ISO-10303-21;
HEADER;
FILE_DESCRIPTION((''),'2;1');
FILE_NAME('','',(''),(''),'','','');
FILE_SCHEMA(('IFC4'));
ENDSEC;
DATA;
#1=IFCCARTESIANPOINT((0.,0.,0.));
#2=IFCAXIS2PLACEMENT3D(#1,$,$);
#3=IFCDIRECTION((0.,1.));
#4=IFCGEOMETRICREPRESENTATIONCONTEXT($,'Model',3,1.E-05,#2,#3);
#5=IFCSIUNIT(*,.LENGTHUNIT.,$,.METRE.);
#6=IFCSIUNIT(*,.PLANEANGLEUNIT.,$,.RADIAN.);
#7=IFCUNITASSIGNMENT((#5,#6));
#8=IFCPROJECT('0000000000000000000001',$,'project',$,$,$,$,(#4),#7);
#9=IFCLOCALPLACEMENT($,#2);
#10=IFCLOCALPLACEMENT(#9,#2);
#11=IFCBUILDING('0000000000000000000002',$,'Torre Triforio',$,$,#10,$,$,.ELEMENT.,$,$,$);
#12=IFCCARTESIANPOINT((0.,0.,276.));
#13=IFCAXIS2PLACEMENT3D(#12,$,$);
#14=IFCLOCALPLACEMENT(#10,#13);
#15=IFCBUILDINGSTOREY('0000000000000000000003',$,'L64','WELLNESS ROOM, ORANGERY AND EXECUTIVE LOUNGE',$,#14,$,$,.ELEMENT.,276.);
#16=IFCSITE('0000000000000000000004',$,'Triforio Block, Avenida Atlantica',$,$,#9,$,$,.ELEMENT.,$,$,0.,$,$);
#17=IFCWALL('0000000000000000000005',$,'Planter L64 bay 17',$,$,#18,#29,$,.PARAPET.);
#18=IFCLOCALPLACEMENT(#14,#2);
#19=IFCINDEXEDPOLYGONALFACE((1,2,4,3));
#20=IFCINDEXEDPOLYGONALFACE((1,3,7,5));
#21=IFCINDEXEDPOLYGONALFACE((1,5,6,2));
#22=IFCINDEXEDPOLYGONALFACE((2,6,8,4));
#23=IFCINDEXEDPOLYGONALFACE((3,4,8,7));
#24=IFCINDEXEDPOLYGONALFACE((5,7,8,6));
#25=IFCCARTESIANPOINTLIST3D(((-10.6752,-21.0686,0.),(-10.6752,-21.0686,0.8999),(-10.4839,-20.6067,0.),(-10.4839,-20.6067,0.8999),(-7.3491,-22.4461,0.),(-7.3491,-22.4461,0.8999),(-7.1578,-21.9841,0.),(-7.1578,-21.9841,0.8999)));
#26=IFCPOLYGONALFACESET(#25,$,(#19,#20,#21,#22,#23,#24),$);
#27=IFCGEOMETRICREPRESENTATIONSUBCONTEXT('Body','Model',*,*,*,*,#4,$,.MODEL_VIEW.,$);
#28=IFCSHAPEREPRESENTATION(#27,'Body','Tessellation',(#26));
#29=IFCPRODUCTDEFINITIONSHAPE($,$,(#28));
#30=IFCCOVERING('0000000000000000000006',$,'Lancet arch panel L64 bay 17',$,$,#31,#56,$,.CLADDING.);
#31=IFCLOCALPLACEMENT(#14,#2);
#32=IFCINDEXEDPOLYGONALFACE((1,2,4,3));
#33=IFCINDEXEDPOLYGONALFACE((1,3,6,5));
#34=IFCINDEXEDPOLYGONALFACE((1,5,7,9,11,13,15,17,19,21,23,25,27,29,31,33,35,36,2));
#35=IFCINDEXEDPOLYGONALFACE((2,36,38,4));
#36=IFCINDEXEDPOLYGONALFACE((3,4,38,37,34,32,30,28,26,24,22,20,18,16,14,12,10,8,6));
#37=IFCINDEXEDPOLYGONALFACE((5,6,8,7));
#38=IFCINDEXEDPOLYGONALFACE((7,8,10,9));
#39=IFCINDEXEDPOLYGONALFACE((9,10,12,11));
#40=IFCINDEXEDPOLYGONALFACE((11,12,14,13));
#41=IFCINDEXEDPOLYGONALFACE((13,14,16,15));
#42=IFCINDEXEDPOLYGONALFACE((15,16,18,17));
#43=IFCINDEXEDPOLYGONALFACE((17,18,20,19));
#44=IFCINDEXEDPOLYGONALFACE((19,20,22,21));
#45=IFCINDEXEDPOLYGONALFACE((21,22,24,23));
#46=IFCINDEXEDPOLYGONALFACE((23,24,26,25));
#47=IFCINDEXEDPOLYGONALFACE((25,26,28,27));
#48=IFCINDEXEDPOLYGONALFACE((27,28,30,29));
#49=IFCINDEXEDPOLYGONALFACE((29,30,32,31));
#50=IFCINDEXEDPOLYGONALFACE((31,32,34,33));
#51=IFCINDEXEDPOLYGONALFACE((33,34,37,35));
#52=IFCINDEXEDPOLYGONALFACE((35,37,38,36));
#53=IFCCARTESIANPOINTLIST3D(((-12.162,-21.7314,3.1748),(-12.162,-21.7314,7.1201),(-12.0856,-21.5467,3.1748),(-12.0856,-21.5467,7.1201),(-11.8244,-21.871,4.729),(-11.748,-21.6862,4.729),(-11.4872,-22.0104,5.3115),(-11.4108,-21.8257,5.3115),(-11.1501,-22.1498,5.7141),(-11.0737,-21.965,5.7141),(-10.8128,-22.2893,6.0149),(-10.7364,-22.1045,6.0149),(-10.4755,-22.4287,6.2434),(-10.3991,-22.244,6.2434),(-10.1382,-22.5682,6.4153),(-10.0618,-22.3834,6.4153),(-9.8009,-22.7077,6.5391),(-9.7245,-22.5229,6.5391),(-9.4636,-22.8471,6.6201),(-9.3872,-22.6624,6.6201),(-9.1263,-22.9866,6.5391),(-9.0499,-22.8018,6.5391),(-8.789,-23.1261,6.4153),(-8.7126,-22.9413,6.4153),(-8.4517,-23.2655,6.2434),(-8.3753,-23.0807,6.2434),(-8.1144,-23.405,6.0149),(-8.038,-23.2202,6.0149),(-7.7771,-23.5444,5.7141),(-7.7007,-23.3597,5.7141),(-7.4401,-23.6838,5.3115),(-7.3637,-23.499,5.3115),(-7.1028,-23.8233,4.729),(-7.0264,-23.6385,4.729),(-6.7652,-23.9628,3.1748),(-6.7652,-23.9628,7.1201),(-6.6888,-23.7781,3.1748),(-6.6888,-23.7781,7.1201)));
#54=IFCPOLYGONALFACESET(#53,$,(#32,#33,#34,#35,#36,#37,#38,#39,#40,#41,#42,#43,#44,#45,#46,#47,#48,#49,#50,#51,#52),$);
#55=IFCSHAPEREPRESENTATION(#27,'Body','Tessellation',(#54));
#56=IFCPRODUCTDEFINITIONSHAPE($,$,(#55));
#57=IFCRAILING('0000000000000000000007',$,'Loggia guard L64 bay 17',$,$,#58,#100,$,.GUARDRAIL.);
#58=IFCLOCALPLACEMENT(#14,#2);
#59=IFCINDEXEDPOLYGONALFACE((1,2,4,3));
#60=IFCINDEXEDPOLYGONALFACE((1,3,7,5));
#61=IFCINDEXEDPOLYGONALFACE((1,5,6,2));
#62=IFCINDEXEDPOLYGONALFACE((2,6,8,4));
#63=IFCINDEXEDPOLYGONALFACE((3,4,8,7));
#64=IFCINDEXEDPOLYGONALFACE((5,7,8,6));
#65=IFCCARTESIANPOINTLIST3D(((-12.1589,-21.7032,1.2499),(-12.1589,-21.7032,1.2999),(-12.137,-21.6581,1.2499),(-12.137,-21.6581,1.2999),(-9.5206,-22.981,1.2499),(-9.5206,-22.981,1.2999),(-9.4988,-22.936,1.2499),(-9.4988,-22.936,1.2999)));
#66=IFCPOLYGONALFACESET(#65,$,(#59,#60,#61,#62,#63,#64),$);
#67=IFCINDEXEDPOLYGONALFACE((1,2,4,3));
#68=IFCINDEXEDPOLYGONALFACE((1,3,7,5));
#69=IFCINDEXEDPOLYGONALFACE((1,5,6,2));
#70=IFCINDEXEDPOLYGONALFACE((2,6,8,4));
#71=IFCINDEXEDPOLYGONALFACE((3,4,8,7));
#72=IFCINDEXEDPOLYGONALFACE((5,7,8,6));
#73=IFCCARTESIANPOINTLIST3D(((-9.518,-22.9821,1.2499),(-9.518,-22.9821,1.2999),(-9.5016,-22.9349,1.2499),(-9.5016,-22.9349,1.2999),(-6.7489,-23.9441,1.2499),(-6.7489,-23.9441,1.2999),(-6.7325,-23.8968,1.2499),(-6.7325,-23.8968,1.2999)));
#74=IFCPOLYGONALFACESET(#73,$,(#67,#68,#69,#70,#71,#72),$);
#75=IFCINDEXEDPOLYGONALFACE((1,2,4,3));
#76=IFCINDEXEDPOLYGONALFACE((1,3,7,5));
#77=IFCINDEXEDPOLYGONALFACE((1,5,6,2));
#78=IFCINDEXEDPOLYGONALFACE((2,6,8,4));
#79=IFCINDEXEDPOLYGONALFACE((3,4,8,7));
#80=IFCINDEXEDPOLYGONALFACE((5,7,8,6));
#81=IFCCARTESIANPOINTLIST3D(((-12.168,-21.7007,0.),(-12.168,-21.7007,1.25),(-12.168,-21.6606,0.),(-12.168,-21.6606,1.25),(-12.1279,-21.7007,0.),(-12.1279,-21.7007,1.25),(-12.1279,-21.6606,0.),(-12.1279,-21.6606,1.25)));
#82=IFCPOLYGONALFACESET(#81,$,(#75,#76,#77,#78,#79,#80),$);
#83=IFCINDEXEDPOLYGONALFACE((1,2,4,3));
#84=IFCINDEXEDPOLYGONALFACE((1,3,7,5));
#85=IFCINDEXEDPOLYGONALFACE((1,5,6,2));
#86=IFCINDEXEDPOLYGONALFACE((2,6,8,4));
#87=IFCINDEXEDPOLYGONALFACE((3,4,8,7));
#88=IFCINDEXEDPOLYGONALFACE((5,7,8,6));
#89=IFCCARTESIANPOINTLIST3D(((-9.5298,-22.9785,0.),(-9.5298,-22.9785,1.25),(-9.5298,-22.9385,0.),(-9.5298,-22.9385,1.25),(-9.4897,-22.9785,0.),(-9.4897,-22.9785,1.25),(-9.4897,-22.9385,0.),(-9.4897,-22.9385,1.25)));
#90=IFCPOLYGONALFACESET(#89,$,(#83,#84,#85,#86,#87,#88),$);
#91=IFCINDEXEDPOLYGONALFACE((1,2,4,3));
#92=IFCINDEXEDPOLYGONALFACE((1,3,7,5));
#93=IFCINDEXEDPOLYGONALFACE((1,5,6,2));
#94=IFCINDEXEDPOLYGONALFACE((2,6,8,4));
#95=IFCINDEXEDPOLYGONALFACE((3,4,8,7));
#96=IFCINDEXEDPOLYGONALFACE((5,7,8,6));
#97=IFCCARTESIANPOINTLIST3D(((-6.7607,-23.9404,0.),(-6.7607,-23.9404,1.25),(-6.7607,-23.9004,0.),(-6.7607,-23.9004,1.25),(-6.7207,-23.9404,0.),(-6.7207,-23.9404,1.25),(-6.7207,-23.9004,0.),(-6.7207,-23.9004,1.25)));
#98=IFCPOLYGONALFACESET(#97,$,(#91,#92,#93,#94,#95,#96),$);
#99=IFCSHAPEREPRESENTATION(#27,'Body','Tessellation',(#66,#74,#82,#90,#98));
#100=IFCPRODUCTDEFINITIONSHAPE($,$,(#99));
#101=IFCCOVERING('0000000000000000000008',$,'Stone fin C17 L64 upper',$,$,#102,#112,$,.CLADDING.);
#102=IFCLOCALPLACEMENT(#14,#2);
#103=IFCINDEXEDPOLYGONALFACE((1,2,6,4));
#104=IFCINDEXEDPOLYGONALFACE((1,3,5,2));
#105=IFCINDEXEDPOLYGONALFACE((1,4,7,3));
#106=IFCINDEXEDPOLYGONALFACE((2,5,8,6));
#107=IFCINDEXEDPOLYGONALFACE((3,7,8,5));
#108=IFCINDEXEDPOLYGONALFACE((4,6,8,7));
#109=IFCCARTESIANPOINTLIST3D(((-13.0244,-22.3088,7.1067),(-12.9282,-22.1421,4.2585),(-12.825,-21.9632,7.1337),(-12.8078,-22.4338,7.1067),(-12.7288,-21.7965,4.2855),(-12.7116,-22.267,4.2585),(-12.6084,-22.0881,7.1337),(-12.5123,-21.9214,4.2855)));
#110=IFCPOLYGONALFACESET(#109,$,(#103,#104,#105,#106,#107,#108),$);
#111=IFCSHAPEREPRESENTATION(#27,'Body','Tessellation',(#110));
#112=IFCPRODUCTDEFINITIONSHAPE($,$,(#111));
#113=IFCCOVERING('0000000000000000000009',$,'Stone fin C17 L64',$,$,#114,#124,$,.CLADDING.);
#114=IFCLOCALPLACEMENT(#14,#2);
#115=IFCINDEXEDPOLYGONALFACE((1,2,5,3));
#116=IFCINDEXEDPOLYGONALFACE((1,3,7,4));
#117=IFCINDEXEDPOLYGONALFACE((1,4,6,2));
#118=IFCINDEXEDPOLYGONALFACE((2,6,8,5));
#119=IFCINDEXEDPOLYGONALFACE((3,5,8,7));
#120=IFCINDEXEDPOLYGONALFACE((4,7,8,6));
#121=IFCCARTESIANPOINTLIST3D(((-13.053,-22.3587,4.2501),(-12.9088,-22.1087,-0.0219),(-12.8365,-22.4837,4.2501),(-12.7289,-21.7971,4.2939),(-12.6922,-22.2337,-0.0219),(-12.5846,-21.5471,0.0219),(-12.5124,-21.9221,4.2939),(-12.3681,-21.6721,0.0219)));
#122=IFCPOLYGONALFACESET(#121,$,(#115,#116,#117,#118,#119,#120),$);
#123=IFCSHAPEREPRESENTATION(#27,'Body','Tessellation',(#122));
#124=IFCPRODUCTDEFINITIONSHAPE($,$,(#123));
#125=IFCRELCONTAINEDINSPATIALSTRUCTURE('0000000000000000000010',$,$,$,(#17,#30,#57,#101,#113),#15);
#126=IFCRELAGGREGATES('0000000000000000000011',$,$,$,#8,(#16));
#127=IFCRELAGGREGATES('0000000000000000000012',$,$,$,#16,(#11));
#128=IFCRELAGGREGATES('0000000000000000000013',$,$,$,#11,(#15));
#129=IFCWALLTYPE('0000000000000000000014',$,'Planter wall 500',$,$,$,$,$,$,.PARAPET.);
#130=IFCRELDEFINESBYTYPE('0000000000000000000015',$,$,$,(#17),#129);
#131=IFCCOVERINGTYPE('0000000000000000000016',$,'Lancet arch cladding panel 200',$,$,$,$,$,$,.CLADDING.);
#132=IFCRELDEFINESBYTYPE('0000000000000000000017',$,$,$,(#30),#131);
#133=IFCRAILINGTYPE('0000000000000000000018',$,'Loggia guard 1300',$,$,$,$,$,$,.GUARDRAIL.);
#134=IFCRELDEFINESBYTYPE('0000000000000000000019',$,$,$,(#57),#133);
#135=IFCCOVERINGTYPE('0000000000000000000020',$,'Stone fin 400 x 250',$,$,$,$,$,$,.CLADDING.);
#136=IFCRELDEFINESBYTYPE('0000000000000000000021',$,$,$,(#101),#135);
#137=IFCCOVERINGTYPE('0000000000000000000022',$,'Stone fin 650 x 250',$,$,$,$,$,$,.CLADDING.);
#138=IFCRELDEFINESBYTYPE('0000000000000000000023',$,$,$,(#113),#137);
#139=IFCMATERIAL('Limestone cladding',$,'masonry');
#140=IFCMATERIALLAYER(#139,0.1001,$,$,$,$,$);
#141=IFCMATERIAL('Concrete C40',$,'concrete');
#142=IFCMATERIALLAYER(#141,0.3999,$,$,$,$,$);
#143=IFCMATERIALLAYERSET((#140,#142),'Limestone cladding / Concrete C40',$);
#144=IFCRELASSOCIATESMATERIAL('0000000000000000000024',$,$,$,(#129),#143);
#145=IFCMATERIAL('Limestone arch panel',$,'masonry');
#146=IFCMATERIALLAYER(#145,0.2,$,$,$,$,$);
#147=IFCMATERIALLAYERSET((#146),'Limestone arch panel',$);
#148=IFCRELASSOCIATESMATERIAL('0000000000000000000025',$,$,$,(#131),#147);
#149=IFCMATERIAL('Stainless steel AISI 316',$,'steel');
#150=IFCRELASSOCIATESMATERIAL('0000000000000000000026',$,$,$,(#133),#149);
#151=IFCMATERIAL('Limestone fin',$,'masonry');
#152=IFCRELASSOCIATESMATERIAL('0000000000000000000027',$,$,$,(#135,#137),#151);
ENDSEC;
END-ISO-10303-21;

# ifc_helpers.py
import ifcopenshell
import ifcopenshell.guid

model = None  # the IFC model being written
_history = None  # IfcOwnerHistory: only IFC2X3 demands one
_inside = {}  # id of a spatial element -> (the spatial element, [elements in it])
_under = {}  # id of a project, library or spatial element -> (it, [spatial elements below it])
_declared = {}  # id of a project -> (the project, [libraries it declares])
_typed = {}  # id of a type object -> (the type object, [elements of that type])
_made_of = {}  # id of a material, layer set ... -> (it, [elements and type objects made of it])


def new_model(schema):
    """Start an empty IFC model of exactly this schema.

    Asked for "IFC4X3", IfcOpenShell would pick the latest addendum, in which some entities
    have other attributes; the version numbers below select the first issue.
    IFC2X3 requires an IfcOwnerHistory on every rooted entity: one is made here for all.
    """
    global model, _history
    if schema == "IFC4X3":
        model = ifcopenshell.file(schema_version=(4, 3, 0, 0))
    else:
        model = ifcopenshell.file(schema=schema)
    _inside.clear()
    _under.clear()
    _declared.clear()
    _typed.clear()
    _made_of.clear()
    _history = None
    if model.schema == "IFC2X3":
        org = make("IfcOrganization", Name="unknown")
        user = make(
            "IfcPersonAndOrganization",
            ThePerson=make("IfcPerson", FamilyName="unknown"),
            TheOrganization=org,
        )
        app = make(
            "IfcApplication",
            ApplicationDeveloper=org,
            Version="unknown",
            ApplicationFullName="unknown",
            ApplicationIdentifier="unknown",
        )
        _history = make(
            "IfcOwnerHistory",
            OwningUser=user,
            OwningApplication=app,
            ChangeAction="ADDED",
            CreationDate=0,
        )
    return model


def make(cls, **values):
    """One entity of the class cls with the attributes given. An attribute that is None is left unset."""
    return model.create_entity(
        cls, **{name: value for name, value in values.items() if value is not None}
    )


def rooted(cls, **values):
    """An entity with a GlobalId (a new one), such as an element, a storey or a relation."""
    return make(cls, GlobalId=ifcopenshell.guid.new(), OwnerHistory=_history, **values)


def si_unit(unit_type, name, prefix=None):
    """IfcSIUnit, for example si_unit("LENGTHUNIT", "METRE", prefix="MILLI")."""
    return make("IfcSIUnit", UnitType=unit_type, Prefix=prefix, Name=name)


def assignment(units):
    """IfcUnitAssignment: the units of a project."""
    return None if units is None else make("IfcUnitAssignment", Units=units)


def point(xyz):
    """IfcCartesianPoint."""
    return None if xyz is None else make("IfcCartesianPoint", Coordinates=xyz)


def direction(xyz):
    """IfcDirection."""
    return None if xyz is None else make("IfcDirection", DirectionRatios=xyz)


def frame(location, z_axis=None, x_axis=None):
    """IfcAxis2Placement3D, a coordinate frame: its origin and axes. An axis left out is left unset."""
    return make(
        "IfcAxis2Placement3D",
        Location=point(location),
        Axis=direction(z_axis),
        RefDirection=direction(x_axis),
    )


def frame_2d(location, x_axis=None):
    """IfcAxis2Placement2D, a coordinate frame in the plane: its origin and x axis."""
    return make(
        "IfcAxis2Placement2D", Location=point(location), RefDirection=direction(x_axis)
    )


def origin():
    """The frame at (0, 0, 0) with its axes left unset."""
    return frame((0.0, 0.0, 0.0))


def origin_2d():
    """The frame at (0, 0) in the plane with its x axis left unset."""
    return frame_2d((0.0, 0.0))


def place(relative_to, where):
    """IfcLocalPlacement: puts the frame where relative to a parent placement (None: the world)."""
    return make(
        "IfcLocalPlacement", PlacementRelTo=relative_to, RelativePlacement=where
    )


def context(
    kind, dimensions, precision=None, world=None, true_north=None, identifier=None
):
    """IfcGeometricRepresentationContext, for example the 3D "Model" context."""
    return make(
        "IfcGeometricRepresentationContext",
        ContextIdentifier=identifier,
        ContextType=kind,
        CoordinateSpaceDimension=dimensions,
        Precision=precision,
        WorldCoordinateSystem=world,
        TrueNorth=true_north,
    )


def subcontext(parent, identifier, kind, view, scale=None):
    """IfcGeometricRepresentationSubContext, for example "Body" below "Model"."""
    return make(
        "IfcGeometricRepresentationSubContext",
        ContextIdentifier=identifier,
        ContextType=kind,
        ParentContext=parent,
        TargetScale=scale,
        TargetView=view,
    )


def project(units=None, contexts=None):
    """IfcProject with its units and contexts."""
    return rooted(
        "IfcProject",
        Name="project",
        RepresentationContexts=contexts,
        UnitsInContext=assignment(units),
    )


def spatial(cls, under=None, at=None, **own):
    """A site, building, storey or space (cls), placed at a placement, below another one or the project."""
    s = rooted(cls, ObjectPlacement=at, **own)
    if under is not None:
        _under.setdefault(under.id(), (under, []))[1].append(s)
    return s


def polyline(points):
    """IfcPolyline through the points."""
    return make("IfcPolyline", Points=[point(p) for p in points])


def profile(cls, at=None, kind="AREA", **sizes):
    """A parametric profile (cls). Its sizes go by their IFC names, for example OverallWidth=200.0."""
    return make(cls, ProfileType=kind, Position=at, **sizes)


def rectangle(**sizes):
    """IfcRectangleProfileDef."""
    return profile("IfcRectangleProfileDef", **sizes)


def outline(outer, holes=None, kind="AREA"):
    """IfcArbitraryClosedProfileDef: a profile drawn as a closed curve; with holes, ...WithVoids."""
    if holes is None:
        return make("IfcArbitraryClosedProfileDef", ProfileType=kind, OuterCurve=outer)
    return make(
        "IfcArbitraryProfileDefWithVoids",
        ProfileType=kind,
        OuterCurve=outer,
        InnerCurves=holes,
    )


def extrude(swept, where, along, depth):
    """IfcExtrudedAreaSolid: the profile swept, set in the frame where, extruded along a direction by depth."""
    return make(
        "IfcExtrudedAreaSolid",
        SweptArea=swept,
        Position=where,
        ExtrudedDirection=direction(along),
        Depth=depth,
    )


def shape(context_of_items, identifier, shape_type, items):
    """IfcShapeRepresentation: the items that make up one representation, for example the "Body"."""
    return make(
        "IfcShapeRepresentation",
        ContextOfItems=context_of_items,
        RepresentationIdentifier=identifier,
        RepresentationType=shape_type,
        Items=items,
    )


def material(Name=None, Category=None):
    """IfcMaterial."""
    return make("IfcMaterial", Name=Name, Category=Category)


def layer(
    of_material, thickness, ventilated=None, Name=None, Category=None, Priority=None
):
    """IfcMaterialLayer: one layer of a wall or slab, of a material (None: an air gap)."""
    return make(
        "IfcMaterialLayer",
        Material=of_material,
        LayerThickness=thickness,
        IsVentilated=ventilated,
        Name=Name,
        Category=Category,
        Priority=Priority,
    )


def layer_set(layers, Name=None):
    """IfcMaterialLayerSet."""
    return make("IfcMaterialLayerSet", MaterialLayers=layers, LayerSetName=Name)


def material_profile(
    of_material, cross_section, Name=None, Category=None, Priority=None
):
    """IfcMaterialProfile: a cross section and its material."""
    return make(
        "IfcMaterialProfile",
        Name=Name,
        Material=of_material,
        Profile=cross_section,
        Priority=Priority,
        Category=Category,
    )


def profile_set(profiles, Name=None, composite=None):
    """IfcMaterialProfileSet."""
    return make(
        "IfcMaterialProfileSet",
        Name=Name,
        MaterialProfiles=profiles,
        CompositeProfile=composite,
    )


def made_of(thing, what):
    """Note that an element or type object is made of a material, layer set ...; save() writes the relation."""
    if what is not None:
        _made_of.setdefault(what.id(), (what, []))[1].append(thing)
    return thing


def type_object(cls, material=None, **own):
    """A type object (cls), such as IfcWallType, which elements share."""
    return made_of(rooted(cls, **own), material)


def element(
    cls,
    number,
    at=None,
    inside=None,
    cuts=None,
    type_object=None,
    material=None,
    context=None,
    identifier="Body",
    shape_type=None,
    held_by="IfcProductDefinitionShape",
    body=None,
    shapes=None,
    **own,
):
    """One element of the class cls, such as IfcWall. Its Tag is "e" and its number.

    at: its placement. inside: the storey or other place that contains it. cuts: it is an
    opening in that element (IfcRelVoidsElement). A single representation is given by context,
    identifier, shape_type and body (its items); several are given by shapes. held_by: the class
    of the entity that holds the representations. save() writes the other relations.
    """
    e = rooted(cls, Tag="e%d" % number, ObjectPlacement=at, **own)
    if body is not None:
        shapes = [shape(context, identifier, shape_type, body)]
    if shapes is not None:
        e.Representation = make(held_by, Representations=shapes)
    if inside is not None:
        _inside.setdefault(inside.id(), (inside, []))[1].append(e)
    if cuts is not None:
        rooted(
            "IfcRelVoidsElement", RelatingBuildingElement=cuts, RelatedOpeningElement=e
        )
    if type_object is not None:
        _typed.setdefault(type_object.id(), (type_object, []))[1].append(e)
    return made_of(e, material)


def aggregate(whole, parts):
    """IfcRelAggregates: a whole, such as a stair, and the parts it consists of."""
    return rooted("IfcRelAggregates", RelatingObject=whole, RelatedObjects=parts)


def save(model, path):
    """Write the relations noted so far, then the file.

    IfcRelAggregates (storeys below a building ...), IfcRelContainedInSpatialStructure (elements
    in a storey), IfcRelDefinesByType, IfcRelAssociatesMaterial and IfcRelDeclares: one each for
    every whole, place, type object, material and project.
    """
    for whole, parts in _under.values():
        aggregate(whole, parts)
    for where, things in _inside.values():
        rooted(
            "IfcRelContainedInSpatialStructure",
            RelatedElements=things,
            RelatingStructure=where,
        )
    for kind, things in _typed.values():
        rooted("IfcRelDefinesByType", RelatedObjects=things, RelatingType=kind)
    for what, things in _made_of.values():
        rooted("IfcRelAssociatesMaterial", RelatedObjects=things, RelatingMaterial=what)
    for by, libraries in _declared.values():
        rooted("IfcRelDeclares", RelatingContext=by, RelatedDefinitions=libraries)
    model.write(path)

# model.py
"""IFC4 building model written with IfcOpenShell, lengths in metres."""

from ifc_helpers import new_model, si_unit, direction, frame, frame_2d, origin, origin_2d, place, context, subcontext, project, spatial, polyline, rectangle, outline, extrude, material, layer, layer_set, material_profile, profile_set, type_object, element, save


model = new_model("IFC4")

# Units and contexts
model_context = context("Model", 3, precision=1e-05, world=origin(), true_north=direction((0.0, 1.0)))
body_context = subcontext(model_context, "Body", "Model", "MODEL_VIEW")
ifc_project = project(units=[si_unit("LENGTHUNIT", "METRE"), si_unit("PLANEANGLEUNIT", "RADIAN")], contexts=[model_context])

# Site, building, storey
site_placement = place(None, origin())
site = spatial("IfcSite", under=ifc_project, at=site_placement, Name="Triforio Block, Avenida Atlantica", CompositionType="ELEMENT", RefElevation=0.0)
building_placement = place(site_placement, origin())
building = spatial("IfcBuilding", under=site, at=building_placement, Name="Torre Triforio", CompositionType="ELEMENT")
storey_placement = place(building_placement, frame((0.0, 0.0, 276.0)))
storey = spatial("IfcBuildingStorey", under=building, at=storey_placement, Name="L64", Description="WELLNESS ROOM, ORANGERY AND EXECUTIVE LOUNGE", CompositionType="ELEMENT", Elevation=276.0)

# Shared definitions
ifc_material_1 = material(Name="Concrete C40", Category="concrete")

# Wall
ifc_material_2 = material(Name="Limestone cladding", Category="masonry")
ifc_layer_1 = layer(ifc_material_2, 0.1001)
ifc_layer_2 = layer(ifc_material_1, 0.3999)
ifc_layer_set_1 = layer_set([ifc_layer_1, ifc_layer_2], Name="Limestone cladding / Concrete C40")
wall_type = type_object("IfcWallType", Name="Planter wall 500", PredefinedType="PARAPET", material=ifc_layer_set_1)
wall_placement = place(storey_placement, frame((-10.5796, -20.8376, 0.0), z_axis=(0.0, 0.0, 1.0), x_axis=(0.923909, -0.382611, 0.0)))
element("IfcWall", 1, at=wall_placement, inside=storey, type_object=wall_type, Name="Planter L64 bay 17", PredefinedType="PARAPET", context=body_context, shape_type="SweptSolid", body=[
    extrude(rectangle(XDim=3.6001, YDim=0.5, at=frame_2d((1.8, 0.0))), origin(), (0.0, 0.0, 1.0), 0.8999),
])

# Covering
ifc_material_3 = material(Name="Limestone arch panel", Category="masonry")
ifc_layer_3 = layer(ifc_material_3, 0.2)
ifc_layer_set_2 = layer_set([ifc_layer_3], Name="Limestone arch panel")
covering_type_1 = type_object("IfcCoveringType", Name="Lancet arch cladding panel 200", PredefinedType="CLADDING", material=ifc_layer_set_2)
covering_1_placement = place(storey_placement, frame((-9.3872, -22.6624, 0.0), z_axis=(-0.3821, -0.924121, 0.0), x_axis=(0.924121, -0.3821, 0.0)))
element("IfcCovering", 2, at=covering_1_placement, inside=storey, type_object=covering_type_1, Name="Lancet arch panel L64 bay 17", PredefinedType="CLADDING", context=body_context, shape_type="SweptSolid", body=[
    extrude(outline(polyline([(-2.9199, 7.1201), (-2.9199, 3.1748), (-2.5547, 4.729), (-2.1897, 5.3115), (-1.825, 5.7141), (-1.46, 6.0149), (-1.095, 6.2434), (-0.73, 6.4153), (-0.365, 6.5391), (0.0, 6.6201), (0.365, 6.5391), (0.73, 6.4153), (1.095, 6.2434), (1.46, 6.0149), (1.825, 5.7141), (2.1897, 5.3115), (2.5547, 4.729), (2.9199, 3.1748), (2.9199, 7.1201), (-2.9199, 7.1201)])), origin(), (0.0, 0.0, 1.0), 0.2),
])

# Railing
ifc_material_4 = material(Name="Stainless steel AISI 316", Category="steel")
railing_type = type_object("IfcRailingType", Name="Loggia guard 1300", PredefinedType="GUARDRAIL", material=ifc_material_4)
railing_placement = place(storey_placement, frame((-12.1479, -21.6807, 0.0)))
element("IfcRailing", 3, at=railing_placement, inside=storey, type_object=railing_type, Name="Loggia guard L64 bay 17", PredefinedType="GUARDRAIL", context=body_context, shape_type="SweptSolid", body=[
    extrude(rectangle(XDim=0.05, YDim=0.05, at=origin_2d()), frame((0.0, 0.0, 1.2749), z_axis=(0.899986, -0.435918, 0.0), x_axis=(0.435918, 0.899986, 0.0)), (0.0, 0.0, 1.0), 2.9314),
    extrude(rectangle(XDim=0.05, YDim=0.05, at=origin_2d()), frame((2.6382, -1.2778, 1.2749), z_axis=(0.944627, -0.328146, 0.0), x_axis=(0.328146, 0.944627, 0.0)), (0.0, 0.0, 1.0), 2.9314),
    extrude(rectangle(XDim=0.04, YDim=0.04, at=origin_2d()), origin(), (0.0, 0.0, 1.0), 1.25),
    extrude(rectangle(XDim=0.04, YDim=0.04, at=origin_2d()), frame((2.6382, -1.2778, 0.0)), (0.0, 0.0, 1.0), 1.25),
    extrude(rectangle(XDim=0.04, YDim=0.04, at=origin_2d()), frame((5.4072, -2.2397, 0.0)), (0.0, 0.0, 1.0), 1.25),
])

# Coverings
ifc_material_5 = material(Name="Limestone fin", Category="masonry")
ifc_material_profile_1 = material_profile(ifc_material_5, rectangle(XDim=0.3999, YDim=0.25, at=origin_2d()), Name="FIN 400x250")
ifc_profile_set_1 = profile_set([ifc_material_profile_1], Name="Limestone fin")
covering_type_2 = type_object("IfcCoveringType", Name="Stone fin 400 x 250", PredefinedType="CLADDING", material=ifc_profile_set_1)
covering_2_placement = place(storey_placement, frame((-12.7202, -22.0317, 4.272), z_axis=(-0.033696, -0.058413, 0.997724), x_axis=(0.498548, 0.864235, 0.067435)))
element("IfcCovering", 4, at=covering_2_placement, inside=storey, type_object=covering_type_2, Name="Stone fin C17 L64 upper", PredefinedType="CLADDING", context=body_context, shape_type="SweptSolid", body=[
    extrude(rectangle(XDim=0.3999, YDim=0.25, at=origin_2d()), origin(), (0.0, 0.0, 1.0), 2.8547),
])
ifc_material_profile_2 = material_profile(ifc_material_5, rectangle(XDim=0.6499, YDim=0.25, at=origin_2d()), Name="FIN 650x250")
ifc_profile_set_2 = profile_set([ifc_material_profile_2], Name="Limestone fin")
covering_type_3 = type_object("IfcCoveringType", Name="Stone fin 650 x 250", PredefinedType="CLADDING", material=ifc_profile_set_2)
covering_3_placement = place(storey_placement, frame((-12.6384, -21.8904, 0.0), z_axis=(-0.033698, -0.058388, 0.997725), x_axis=(0.498732, 0.864131, 0.067415)))
element("IfcCovering", 5, at=covering_3_placement, inside=storey, type_object=covering_type_3, Name="Stone fin C17 L64", PredefinedType="CLADDING", context=body_context, shape_type="SweptSolid", body=[
    extrude(rectangle(XDim=0.6499, YDim=0.25, at=origin_2d()), origin(), (0.0, 0.0, 1.0), 4.2817),
])

save(model, "model.ifc")
